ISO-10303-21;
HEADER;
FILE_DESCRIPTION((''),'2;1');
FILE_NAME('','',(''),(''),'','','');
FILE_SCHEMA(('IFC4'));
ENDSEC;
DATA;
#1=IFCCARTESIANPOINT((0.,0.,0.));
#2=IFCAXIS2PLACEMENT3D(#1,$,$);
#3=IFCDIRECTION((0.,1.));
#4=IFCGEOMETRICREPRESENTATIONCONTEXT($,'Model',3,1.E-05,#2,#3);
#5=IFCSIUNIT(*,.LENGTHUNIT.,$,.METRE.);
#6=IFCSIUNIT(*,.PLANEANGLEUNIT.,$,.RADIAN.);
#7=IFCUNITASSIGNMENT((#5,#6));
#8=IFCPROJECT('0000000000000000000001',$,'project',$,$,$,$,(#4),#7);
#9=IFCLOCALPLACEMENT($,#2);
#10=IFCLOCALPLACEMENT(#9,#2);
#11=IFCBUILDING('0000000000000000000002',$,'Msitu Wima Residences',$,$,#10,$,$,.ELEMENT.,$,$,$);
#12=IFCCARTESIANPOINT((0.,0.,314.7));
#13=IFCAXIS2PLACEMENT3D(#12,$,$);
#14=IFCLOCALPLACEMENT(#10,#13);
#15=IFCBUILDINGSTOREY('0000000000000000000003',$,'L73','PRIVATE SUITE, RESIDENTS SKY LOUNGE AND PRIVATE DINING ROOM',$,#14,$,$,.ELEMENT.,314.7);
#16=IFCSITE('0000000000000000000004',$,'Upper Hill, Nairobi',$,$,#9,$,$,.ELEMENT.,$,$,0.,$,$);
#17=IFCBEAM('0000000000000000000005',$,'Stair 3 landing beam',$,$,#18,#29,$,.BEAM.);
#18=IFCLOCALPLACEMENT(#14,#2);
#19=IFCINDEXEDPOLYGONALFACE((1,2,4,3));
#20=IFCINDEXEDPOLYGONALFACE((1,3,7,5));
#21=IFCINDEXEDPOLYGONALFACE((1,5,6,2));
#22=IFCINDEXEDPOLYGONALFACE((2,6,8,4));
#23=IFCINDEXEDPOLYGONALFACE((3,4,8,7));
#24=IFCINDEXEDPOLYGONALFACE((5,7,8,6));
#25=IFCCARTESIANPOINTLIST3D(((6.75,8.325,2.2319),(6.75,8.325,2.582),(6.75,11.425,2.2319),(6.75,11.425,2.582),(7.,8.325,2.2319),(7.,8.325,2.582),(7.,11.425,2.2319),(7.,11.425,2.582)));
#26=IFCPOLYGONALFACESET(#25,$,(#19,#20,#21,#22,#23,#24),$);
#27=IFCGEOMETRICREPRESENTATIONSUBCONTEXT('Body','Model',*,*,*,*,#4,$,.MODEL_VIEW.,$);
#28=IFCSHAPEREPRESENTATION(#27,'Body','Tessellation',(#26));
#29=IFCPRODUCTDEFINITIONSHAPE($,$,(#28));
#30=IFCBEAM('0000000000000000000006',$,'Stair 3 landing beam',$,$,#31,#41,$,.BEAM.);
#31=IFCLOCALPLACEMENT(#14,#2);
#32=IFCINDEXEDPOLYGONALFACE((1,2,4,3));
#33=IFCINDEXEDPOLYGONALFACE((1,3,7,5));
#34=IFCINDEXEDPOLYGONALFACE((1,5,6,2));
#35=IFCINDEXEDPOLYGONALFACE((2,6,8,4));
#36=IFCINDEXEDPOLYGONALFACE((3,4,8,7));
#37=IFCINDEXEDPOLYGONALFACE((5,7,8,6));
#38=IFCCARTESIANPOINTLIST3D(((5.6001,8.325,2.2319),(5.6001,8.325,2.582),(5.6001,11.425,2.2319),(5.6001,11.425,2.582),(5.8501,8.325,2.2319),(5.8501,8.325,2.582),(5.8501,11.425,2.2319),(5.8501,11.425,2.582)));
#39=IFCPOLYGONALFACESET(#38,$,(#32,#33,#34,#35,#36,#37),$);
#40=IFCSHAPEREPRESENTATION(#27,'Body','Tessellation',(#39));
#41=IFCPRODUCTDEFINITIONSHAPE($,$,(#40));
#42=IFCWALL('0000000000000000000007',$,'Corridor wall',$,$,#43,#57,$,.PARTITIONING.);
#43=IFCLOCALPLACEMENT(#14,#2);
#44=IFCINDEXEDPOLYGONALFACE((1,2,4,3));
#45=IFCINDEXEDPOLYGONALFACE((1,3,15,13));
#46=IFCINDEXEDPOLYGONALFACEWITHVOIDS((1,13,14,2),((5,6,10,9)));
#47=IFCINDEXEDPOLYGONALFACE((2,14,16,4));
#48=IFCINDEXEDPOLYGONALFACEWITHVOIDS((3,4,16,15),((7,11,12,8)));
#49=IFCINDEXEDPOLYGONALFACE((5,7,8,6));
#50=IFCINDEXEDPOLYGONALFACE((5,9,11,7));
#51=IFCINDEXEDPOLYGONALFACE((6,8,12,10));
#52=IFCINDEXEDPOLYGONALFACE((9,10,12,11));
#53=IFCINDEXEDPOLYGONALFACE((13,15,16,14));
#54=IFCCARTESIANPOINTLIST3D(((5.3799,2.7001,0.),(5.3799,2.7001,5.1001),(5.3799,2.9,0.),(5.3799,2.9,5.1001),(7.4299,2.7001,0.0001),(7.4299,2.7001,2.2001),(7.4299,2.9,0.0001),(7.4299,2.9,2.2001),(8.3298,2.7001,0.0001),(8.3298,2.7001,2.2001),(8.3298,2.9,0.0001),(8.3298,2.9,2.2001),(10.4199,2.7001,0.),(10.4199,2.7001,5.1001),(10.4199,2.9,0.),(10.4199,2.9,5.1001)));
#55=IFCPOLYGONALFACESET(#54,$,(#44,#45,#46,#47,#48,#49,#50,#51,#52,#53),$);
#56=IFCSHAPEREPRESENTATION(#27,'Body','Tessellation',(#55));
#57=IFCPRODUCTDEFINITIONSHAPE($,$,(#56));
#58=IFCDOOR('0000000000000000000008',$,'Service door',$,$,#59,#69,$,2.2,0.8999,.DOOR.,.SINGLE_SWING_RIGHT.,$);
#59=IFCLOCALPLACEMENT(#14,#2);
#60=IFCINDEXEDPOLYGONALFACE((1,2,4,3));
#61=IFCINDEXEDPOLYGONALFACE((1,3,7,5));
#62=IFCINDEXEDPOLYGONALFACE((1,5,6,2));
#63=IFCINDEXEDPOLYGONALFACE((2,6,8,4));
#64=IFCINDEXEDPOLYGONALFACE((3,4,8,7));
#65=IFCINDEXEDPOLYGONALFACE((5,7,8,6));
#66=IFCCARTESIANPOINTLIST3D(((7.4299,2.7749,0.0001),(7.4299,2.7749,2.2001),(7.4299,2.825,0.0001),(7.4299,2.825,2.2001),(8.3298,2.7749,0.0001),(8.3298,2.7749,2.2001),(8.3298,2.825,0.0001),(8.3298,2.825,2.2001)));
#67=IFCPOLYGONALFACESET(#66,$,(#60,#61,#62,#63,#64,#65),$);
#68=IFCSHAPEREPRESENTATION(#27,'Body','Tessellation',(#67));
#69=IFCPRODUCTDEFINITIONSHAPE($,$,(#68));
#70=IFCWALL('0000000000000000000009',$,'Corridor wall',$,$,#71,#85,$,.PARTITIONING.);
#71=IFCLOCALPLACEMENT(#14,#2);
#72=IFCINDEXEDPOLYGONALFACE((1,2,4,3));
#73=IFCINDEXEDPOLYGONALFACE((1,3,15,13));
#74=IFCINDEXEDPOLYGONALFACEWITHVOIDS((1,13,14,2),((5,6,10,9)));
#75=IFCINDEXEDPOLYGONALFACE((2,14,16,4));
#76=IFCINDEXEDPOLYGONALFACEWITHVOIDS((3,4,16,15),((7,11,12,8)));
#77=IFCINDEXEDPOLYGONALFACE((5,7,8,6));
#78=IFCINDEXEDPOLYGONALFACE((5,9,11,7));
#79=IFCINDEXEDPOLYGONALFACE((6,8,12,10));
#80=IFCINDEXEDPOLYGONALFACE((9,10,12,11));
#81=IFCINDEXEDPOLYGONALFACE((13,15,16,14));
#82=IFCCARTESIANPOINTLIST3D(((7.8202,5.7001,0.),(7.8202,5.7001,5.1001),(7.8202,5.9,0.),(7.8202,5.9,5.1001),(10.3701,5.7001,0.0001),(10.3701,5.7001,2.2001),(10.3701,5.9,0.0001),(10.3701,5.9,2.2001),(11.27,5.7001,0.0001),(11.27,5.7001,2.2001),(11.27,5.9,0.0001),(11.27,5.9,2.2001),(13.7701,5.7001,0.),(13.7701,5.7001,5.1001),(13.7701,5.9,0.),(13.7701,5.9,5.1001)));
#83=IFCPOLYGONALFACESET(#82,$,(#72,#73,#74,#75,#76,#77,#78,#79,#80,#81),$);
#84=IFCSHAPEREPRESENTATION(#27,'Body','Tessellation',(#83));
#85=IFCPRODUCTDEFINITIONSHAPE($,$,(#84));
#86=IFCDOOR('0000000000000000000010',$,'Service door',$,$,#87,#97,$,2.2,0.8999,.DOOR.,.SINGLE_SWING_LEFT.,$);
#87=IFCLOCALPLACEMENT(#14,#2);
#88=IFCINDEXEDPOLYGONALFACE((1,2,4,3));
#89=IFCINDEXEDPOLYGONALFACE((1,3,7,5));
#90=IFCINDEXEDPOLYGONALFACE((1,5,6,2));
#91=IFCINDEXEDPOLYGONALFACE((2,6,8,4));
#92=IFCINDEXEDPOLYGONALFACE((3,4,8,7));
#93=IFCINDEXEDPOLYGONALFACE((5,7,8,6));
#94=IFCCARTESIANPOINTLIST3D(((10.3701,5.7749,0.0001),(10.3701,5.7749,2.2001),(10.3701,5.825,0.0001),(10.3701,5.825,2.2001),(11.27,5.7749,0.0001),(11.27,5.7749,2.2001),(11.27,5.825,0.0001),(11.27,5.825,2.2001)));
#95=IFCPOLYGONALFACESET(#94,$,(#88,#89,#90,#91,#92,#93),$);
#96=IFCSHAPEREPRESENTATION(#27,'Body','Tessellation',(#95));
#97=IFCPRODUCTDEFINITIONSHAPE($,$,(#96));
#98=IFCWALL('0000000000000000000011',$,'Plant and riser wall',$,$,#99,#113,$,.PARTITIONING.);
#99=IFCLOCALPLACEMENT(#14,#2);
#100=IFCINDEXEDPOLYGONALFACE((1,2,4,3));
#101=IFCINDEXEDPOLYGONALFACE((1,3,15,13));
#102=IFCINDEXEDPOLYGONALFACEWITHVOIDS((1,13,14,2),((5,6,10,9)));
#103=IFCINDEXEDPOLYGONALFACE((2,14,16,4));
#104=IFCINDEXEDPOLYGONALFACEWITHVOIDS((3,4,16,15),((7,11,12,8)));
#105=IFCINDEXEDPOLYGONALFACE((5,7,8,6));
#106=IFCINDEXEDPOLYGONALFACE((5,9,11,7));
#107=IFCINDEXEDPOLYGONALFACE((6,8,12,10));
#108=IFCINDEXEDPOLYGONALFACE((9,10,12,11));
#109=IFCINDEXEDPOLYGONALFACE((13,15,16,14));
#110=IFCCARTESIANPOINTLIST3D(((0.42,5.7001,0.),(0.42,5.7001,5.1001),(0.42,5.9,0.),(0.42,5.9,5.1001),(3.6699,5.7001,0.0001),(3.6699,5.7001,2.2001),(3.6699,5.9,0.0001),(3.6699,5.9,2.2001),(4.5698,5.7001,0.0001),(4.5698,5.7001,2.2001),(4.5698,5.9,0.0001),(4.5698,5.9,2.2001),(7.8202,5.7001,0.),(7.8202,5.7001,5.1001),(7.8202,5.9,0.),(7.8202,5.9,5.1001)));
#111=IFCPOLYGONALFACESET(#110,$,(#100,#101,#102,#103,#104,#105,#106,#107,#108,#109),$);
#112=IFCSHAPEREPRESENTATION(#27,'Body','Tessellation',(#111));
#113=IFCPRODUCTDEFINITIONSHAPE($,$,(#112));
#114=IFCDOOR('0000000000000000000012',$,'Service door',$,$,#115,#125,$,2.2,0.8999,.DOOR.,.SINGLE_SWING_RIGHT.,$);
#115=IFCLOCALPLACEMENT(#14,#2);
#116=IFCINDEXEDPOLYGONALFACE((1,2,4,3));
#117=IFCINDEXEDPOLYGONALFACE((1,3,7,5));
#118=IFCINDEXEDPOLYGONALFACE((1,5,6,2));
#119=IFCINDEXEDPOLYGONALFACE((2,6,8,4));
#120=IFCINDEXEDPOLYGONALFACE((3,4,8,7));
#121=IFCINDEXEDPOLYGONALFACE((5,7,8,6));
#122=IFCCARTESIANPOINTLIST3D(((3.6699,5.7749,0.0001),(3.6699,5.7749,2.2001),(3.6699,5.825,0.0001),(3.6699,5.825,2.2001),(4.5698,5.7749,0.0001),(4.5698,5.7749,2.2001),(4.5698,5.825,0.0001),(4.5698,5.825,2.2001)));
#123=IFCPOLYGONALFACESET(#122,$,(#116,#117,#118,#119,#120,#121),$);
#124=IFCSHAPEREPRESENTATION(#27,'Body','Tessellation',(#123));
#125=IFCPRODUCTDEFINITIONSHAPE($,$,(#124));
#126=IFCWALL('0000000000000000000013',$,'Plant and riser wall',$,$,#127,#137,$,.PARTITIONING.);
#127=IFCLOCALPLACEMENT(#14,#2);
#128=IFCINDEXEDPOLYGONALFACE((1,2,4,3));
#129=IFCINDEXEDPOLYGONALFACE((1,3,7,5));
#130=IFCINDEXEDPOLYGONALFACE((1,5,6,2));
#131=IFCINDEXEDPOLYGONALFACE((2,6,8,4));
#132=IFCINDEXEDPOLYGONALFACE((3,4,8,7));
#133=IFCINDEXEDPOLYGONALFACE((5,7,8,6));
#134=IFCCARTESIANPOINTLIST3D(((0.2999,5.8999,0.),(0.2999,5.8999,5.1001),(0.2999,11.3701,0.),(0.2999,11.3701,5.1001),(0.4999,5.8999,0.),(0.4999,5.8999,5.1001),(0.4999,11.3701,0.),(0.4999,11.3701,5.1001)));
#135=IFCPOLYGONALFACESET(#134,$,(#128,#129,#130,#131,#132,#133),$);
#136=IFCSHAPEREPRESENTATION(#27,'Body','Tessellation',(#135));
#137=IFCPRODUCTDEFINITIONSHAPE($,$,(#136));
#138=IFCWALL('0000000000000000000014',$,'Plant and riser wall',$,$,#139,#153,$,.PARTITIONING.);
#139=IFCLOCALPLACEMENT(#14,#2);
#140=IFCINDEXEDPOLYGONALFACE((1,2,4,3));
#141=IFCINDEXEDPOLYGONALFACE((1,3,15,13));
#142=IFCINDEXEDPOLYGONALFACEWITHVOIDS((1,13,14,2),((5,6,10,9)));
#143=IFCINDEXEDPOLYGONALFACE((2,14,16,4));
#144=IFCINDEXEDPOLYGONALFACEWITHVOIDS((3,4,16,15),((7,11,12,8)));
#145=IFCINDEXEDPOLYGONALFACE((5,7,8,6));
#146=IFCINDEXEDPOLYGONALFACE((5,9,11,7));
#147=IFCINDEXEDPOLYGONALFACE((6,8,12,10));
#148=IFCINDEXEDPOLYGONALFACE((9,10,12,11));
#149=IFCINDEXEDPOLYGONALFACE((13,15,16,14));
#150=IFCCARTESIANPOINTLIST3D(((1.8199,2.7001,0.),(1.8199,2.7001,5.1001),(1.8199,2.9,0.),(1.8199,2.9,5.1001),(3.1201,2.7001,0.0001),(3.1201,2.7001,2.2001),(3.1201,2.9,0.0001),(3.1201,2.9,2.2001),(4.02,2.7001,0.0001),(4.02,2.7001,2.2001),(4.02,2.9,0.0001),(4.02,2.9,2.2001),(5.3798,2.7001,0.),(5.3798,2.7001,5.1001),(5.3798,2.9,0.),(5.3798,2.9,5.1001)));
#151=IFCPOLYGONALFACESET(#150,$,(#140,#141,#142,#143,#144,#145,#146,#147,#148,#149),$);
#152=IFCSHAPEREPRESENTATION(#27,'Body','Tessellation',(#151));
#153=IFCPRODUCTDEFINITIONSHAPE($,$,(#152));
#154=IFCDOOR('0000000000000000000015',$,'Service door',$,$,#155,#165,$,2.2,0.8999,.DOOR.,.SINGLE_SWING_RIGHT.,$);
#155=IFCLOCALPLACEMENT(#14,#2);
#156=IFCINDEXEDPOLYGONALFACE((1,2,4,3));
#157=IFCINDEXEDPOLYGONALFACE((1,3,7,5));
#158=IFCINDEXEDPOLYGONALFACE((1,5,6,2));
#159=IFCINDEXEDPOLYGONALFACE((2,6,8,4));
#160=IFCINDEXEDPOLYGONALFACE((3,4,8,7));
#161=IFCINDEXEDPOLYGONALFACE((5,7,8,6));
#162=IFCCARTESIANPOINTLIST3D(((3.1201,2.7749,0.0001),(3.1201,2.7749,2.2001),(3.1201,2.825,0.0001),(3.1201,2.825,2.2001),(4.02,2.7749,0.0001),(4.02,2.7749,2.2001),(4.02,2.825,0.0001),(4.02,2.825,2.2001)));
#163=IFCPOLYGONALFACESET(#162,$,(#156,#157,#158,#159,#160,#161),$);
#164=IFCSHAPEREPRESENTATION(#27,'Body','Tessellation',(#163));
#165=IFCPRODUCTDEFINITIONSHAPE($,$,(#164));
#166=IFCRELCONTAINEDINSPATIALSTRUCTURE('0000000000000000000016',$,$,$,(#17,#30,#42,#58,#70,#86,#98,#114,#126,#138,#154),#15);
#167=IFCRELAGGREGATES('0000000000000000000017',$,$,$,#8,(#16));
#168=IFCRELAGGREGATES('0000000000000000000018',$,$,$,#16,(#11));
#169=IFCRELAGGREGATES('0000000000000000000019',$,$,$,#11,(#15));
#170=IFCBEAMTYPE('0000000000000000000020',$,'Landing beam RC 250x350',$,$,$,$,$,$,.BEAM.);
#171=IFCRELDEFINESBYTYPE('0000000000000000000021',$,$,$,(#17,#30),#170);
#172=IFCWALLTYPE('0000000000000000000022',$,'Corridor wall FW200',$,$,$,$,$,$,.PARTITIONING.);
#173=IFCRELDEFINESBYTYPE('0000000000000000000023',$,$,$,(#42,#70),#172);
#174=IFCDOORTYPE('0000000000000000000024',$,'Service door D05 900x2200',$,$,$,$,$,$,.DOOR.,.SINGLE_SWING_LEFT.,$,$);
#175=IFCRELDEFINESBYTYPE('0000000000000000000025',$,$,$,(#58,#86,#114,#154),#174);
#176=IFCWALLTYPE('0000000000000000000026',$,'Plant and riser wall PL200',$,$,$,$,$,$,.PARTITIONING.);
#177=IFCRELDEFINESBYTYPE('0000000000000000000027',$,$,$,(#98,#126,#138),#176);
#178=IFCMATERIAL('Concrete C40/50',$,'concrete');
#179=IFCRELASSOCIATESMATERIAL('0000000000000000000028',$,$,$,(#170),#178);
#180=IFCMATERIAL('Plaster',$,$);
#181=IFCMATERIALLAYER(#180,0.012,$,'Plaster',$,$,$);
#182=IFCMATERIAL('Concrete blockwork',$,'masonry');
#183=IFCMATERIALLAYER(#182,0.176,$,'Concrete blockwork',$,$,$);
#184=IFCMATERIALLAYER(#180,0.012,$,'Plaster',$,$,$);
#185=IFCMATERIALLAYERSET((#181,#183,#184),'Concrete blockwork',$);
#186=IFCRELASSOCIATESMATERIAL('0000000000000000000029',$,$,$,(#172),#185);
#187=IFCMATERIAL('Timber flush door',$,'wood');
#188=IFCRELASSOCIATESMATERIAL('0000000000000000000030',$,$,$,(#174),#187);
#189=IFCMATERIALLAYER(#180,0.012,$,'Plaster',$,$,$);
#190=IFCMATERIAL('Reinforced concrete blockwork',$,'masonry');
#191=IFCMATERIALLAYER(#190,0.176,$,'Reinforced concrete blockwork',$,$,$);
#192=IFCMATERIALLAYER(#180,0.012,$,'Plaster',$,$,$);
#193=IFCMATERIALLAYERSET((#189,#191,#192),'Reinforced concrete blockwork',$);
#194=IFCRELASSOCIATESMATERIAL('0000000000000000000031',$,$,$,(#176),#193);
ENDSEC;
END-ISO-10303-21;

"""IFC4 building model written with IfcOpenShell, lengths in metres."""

from ifc_helpers import new_model, si_unit, direction, frame, frame_2d, origin, origin_2d, place, context, subcontext, project, spatial, rectangle, extrude, material, layer, layer_set, material_profile, profile_set, type_object, element, fill, save


model = new_model("IFC4")

# Units and contexts
model_context = context("Model", 3, precision=1e-05, world=origin(), true_north=direction((0.0, 1.0)))
body_context = subcontext(model_context, "Body", "Model", "MODEL_VIEW")
ifc_project = project(units=[si_unit("LENGTHUNIT", "METRE"), si_unit("PLANEANGLEUNIT", "RADIAN")], contexts=[model_context])

# Site, building, storey
site_placement = place(None, origin())
site = spatial("IfcSite", under=ifc_project, at=site_placement, Name="Upper Hill, Nairobi", CompositionType="ELEMENT", RefElevation=0.0)
building_placement = place(site_placement, origin())
building = spatial("IfcBuilding", under=site, at=building_placement, Name="Msitu Wima Residences", CompositionType="ELEMENT")
storey_placement = place(building_placement, frame((0.0, 0.0, 314.7)))
storey = spatial("IfcBuildingStorey", under=building, at=storey_placement, Name="L73", Description="PRIVATE SUITE, RESIDENTS SKY LOUNGE AND PRIVATE DINING ROOM", CompositionType="ELEMENT", Elevation=314.7)

# Beams
ifc_material_1 = material(Name="Concrete C40/50", Category="concrete")
ifc_material_profile = material_profile(ifc_material_1, rectangle(XDim=0.25, YDim=0.3501, at=origin_2d()), Name="RC 250x350")
ifc_profile_set = profile_set([ifc_material_profile], Name="Concrete C40/50")
beam_type = type_object("IfcBeamType", Name="Landing beam RC 250x350", PredefinedType="BEAM", material=ifc_profile_set)
for number, where, z_axis, x_axis, name in (
    (1, (6.875, 8.325, 2.407), (0.0, 1.0, 0.0), (-1.0, 0.0, 0.0), "Stair 3 landing beam"),
    (2, (5.7251, 8.325, 2.407), (0.0, 1.0, 0.0), (-1.0, 0.0, 0.0), "Stair 3 landing beam"),
):
    element("IfcBeam", number, at=place(storey_placement, frame(where, z_axis=z_axis, x_axis=x_axis)), inside=storey, type_object=beam_type, Name=name, PredefinedType="BEAM", context=body_context, shape_type="SweptSolid", body=[
        extrude(rectangle(XDim=0.25, YDim=0.3501, at=origin_2d()), origin(), (0.0, 0.0, 1.0), 3.1001),
    ])

# Walls, openings, doors
ifc_material_2 = material(Name="Plaster")
ifc_layer_1 = layer(ifc_material_2, 0.012, Name="Plaster")
ifc_material_3 = material(Name="Concrete blockwork", Category="masonry")
ifc_layer_2 = layer(ifc_material_3, 0.176, Name="Concrete blockwork")
ifc_layer_3 = layer(ifc_material_2, 0.012, Name="Plaster")
ifc_layer_set_1 = layer_set([ifc_layer_1, ifc_layer_2, ifc_layer_3], Name="Concrete blockwork")
wall_type_1 = type_object("IfcWallType", Name="Corridor wall FW200", PredefinedType="PARTITIONING", material=ifc_layer_set_1)
wall_1_placement = place(storey_placement, frame((5.3799, 2.8, 0.0), z_axis=(0.0, 0.0, 1.0), x_axis=(1.0, 0.0, 0.0)))
wall_1 = element("IfcWall", 3, at=wall_1_placement, inside=storey, type_object=wall_type_1, Name="Corridor wall", PredefinedType="PARTITIONING", context=body_context, shape_type="SweptSolid", body=[
    extrude(rectangle(XDim=5.04, YDim=0.2, at=frame_2d((2.52, 0.0))), origin(), (0.0, 0.0, 1.0), 5.1001),
])
opening_1_placement = place(wall_1_placement, frame((2.05, 0.0, 0.0)))
opening_1 = element("IfcOpeningElement", 4, at=opening_1_placement, cuts=wall_1, PredefinedType="OPENING", context=body_context, shape_type="SweptSolid", body=[
    extrude(rectangle(XDim=0.8999, YDim=2.2, at=frame_2d((0.45, 1.1001))), frame((0.0, 0.1099, 0.0), z_axis=(0.0, -1.0, 0.0), x_axis=(1.0, 0.0, 0.0)), (0.0, 0.0, 1.0), 0.22),
])
ifc_material_4 = material(Name="Timber flush door", Category="wood")
door_type_1 = type_object("IfcDoorType", Name="Service door D05 900x2200", OperationType="SINGLE_SWING_LEFT", PredefinedType="DOOR", material=ifc_material_4)
door_1_placement = place(opening_1_placement, origin())
door_1 = element("IfcDoor", 5, at=door_1_placement, inside=storey, type_object=door_type_1, Name="Service door", OperationType="SINGLE_SWING_RIGHT", OverallHeight=2.2, OverallWidth=0.8999, PredefinedType="DOOR", context=body_context, shape_type="SweptSolid", body=[
    extrude(rectangle(XDim=0.8999, YDim=2.2, at=frame_2d((0.45, 1.1001))), frame((0.0, 0.0249, 0.0), z_axis=(0.0, -1.0, 0.0), x_axis=(1.0, 0.0, 0.0)), (0.0, 0.0, 1.0), 0.05),
])
fill(opening_1, door_1)
wall_2_placement = place(storey_placement, frame((7.8201, 5.8, 0.0), z_axis=(0.0, 0.0, 1.0), x_axis=(1.0, 0.0, 0.0)))
wall_2 = element("IfcWall", 6, at=wall_2_placement, inside=storey, type_object=wall_type_1, Name="Corridor wall", PredefinedType="PARTITIONING", context=body_context, shape_type="SweptSolid", body=[
    extrude(rectangle(XDim=5.95, YDim=0.2, at=frame_2d((2.9751, 0.0))), origin(), (0.0, 0.0, 1.0), 5.1001),
])
opening_2_placement = place(wall_2_placement, frame((2.55, 0.0, 0.0)))
opening_2 = element("IfcOpeningElement", 7, at=opening_2_placement, cuts=wall_2, PredefinedType="OPENING", context=body_context, shape_type="SweptSolid", body=[
    extrude(rectangle(XDim=0.8999, YDim=2.2, at=frame_2d((0.45, 1.1001))), frame((0.0, 0.1099, 0.0), z_axis=(0.0, -1.0, 0.0), x_axis=(1.0, 0.0, 0.0)), (0.0, 0.0, 1.0), 0.22),
])
door_2_placement = place(opening_2_placement, origin())
door_2 = element("IfcDoor", 8, at=door_2_placement, inside=storey, type_object=door_type_1, Name="Service door", OperationType="SINGLE_SWING_LEFT", OverallHeight=2.2, OverallWidth=0.8999, PredefinedType="DOOR", context=body_context, shape_type="SweptSolid", body=[
    extrude(rectangle(XDim=0.8999, YDim=2.2, at=frame_2d((0.45, 1.1001))), frame((0.0, 0.0249, 0.0), z_axis=(0.0, -1.0, 0.0), x_axis=(1.0, 0.0, 0.0)), (0.0, 0.0, 1.0), 0.05),
])
fill(opening_2, door_2)
ifc_layer_4 = layer(ifc_material_2, 0.012, Name="Plaster")
ifc_material_5 = material(Name="Reinforced concrete blockwork", Category="masonry")
ifc_layer_5 = layer(ifc_material_5, 0.176, Name="Reinforced concrete blockwork")
ifc_layer_6 = layer(ifc_material_2, 0.012, Name="Plaster")
ifc_layer_set_2 = layer_set([ifc_layer_4, ifc_layer_5, ifc_layer_6], Name="Reinforced concrete blockwork")
wall_type_2 = type_object("IfcWallType", Name="Plant and riser wall PL200", PredefinedType="PARTITIONING", material=ifc_layer_set_2)
wall_3_placement = place(storey_placement, frame((0.4199, 5.8, 0.0), z_axis=(0.0, 0.0, 1.0), x_axis=(1.0, 0.0, 0.0)))
wall_3 = element("IfcWall", 9, at=wall_3_placement, inside=storey, type_object=wall_type_2, Name="Plant and riser wall", PredefinedType="PARTITIONING", context=body_context, shape_type="SweptSolid", body=[
    extrude(rectangle(XDim=7.4001, YDim=0.2, at=frame_2d((3.7002, 0.0))), origin(), (0.0, 0.0, 1.0), 5.1001),
])
opening_3_placement = place(wall_3_placement, frame((3.25, 0.0, 0.0)))
opening_3 = element("IfcOpeningElement", 10, at=opening_3_placement, cuts=wall_3, PredefinedType="OPENING", context=body_context, shape_type="SweptSolid", body=[
    extrude(rectangle(XDim=0.8999, YDim=2.2, at=frame_2d((0.45, 1.1001))), frame((0.0, 0.1099, 0.0), z_axis=(0.0, -1.0, 0.0), x_axis=(1.0, 0.0, 0.0)), (0.0, 0.0, 1.0), 0.22),
])
door_3_placement = place(opening_3_placement, origin())
door_3 = element("IfcDoor", 11, at=door_3_placement, inside=storey, type_object=door_type_1, Name="Service door", OperationType="SINGLE_SWING_RIGHT", OverallHeight=2.2, OverallWidth=0.8999, PredefinedType="DOOR", context=body_context, shape_type="SweptSolid", body=[
    extrude(rectangle(XDim=0.8999, YDim=2.2, at=frame_2d((0.45, 1.1001))), frame((0.0, 0.0249, 0.0), z_axis=(0.0, -1.0, 0.0), x_axis=(1.0, 0.0, 0.0)), (0.0, 0.0, 1.0), 0.05),
])
fill(opening_3, door_3)

# Wall
wall_4_placement = place(storey_placement, frame((0.3999, 5.8999, 0.0), z_axis=(0.0, 0.0, 1.0), x_axis=(0.0, 1.0, 0.0)))
element("IfcWall", 12, at=wall_4_placement, inside=storey, type_object=wall_type_2, Name="Plant and riser wall", PredefinedType="PARTITIONING", context=body_context, shape_type="SweptSolid", body=[
    extrude(rectangle(XDim=5.4702, YDim=0.2, at=frame_2d((2.7351, 0.0))), origin(), (0.0, 0.0, 1.0), 5.1001),
])

# Wall, opening, door
wall_5_placement = place(storey_placement, frame((1.8201, 2.8, 0.0), z_axis=(0.0, 0.0, 1.0), x_axis=(1.0, 0.0, 0.0)))
wall_5 = element("IfcWall", 13, at=wall_5_placement, inside=storey, type_object=wall_type_2, Name="Plant and riser wall", PredefinedType="PARTITIONING", context=body_context, shape_type="SweptSolid", body=[
    extrude(rectangle(XDim=3.5598, YDim=0.2, at=frame_2d((1.7798, 0.0))), origin(), (0.0, 0.0, 1.0), 5.1001),
])
opening_4_placement = place(wall_5_placement, frame((1.3, 0.0, 0.0)))
opening_4 = element("IfcOpeningElement", 14, at=opening_4_placement, cuts=wall_5, PredefinedType="OPENING", context=body_context, shape_type="SweptSolid", body=[
    extrude(rectangle(XDim=0.8999, YDim=2.2, at=frame_2d((0.45, 1.1001))), frame((0.0, 0.1099, 0.0), z_axis=(0.0, -1.0, 0.0), x_axis=(1.0, 0.0, 0.0)), (0.0, 0.0, 1.0), 0.22),
])
door_4_placement = place(opening_4_placement, origin())
door_4 = element("IfcDoor", 15, at=door_4_placement, inside=storey, type_object=door_type_1, Name="Service door", OperationType="SINGLE_SWING_RIGHT", OverallHeight=2.2, OverallWidth=0.8999, PredefinedType="DOOR", context=body_context, shape_type="SweptSolid", body=[
    extrude(rectangle(XDim=0.8999, YDim=2.2, at=frame_2d((0.45, 1.1001))), frame((0.0, 0.0249, 0.0), z_axis=(0.0, -1.0, 0.0), x_axis=(1.0, 0.0, 0.0)), (0.0, 0.0, 1.0), 0.05),
])
fill(opening_4, door_4)

save(model, "model.ifc")
